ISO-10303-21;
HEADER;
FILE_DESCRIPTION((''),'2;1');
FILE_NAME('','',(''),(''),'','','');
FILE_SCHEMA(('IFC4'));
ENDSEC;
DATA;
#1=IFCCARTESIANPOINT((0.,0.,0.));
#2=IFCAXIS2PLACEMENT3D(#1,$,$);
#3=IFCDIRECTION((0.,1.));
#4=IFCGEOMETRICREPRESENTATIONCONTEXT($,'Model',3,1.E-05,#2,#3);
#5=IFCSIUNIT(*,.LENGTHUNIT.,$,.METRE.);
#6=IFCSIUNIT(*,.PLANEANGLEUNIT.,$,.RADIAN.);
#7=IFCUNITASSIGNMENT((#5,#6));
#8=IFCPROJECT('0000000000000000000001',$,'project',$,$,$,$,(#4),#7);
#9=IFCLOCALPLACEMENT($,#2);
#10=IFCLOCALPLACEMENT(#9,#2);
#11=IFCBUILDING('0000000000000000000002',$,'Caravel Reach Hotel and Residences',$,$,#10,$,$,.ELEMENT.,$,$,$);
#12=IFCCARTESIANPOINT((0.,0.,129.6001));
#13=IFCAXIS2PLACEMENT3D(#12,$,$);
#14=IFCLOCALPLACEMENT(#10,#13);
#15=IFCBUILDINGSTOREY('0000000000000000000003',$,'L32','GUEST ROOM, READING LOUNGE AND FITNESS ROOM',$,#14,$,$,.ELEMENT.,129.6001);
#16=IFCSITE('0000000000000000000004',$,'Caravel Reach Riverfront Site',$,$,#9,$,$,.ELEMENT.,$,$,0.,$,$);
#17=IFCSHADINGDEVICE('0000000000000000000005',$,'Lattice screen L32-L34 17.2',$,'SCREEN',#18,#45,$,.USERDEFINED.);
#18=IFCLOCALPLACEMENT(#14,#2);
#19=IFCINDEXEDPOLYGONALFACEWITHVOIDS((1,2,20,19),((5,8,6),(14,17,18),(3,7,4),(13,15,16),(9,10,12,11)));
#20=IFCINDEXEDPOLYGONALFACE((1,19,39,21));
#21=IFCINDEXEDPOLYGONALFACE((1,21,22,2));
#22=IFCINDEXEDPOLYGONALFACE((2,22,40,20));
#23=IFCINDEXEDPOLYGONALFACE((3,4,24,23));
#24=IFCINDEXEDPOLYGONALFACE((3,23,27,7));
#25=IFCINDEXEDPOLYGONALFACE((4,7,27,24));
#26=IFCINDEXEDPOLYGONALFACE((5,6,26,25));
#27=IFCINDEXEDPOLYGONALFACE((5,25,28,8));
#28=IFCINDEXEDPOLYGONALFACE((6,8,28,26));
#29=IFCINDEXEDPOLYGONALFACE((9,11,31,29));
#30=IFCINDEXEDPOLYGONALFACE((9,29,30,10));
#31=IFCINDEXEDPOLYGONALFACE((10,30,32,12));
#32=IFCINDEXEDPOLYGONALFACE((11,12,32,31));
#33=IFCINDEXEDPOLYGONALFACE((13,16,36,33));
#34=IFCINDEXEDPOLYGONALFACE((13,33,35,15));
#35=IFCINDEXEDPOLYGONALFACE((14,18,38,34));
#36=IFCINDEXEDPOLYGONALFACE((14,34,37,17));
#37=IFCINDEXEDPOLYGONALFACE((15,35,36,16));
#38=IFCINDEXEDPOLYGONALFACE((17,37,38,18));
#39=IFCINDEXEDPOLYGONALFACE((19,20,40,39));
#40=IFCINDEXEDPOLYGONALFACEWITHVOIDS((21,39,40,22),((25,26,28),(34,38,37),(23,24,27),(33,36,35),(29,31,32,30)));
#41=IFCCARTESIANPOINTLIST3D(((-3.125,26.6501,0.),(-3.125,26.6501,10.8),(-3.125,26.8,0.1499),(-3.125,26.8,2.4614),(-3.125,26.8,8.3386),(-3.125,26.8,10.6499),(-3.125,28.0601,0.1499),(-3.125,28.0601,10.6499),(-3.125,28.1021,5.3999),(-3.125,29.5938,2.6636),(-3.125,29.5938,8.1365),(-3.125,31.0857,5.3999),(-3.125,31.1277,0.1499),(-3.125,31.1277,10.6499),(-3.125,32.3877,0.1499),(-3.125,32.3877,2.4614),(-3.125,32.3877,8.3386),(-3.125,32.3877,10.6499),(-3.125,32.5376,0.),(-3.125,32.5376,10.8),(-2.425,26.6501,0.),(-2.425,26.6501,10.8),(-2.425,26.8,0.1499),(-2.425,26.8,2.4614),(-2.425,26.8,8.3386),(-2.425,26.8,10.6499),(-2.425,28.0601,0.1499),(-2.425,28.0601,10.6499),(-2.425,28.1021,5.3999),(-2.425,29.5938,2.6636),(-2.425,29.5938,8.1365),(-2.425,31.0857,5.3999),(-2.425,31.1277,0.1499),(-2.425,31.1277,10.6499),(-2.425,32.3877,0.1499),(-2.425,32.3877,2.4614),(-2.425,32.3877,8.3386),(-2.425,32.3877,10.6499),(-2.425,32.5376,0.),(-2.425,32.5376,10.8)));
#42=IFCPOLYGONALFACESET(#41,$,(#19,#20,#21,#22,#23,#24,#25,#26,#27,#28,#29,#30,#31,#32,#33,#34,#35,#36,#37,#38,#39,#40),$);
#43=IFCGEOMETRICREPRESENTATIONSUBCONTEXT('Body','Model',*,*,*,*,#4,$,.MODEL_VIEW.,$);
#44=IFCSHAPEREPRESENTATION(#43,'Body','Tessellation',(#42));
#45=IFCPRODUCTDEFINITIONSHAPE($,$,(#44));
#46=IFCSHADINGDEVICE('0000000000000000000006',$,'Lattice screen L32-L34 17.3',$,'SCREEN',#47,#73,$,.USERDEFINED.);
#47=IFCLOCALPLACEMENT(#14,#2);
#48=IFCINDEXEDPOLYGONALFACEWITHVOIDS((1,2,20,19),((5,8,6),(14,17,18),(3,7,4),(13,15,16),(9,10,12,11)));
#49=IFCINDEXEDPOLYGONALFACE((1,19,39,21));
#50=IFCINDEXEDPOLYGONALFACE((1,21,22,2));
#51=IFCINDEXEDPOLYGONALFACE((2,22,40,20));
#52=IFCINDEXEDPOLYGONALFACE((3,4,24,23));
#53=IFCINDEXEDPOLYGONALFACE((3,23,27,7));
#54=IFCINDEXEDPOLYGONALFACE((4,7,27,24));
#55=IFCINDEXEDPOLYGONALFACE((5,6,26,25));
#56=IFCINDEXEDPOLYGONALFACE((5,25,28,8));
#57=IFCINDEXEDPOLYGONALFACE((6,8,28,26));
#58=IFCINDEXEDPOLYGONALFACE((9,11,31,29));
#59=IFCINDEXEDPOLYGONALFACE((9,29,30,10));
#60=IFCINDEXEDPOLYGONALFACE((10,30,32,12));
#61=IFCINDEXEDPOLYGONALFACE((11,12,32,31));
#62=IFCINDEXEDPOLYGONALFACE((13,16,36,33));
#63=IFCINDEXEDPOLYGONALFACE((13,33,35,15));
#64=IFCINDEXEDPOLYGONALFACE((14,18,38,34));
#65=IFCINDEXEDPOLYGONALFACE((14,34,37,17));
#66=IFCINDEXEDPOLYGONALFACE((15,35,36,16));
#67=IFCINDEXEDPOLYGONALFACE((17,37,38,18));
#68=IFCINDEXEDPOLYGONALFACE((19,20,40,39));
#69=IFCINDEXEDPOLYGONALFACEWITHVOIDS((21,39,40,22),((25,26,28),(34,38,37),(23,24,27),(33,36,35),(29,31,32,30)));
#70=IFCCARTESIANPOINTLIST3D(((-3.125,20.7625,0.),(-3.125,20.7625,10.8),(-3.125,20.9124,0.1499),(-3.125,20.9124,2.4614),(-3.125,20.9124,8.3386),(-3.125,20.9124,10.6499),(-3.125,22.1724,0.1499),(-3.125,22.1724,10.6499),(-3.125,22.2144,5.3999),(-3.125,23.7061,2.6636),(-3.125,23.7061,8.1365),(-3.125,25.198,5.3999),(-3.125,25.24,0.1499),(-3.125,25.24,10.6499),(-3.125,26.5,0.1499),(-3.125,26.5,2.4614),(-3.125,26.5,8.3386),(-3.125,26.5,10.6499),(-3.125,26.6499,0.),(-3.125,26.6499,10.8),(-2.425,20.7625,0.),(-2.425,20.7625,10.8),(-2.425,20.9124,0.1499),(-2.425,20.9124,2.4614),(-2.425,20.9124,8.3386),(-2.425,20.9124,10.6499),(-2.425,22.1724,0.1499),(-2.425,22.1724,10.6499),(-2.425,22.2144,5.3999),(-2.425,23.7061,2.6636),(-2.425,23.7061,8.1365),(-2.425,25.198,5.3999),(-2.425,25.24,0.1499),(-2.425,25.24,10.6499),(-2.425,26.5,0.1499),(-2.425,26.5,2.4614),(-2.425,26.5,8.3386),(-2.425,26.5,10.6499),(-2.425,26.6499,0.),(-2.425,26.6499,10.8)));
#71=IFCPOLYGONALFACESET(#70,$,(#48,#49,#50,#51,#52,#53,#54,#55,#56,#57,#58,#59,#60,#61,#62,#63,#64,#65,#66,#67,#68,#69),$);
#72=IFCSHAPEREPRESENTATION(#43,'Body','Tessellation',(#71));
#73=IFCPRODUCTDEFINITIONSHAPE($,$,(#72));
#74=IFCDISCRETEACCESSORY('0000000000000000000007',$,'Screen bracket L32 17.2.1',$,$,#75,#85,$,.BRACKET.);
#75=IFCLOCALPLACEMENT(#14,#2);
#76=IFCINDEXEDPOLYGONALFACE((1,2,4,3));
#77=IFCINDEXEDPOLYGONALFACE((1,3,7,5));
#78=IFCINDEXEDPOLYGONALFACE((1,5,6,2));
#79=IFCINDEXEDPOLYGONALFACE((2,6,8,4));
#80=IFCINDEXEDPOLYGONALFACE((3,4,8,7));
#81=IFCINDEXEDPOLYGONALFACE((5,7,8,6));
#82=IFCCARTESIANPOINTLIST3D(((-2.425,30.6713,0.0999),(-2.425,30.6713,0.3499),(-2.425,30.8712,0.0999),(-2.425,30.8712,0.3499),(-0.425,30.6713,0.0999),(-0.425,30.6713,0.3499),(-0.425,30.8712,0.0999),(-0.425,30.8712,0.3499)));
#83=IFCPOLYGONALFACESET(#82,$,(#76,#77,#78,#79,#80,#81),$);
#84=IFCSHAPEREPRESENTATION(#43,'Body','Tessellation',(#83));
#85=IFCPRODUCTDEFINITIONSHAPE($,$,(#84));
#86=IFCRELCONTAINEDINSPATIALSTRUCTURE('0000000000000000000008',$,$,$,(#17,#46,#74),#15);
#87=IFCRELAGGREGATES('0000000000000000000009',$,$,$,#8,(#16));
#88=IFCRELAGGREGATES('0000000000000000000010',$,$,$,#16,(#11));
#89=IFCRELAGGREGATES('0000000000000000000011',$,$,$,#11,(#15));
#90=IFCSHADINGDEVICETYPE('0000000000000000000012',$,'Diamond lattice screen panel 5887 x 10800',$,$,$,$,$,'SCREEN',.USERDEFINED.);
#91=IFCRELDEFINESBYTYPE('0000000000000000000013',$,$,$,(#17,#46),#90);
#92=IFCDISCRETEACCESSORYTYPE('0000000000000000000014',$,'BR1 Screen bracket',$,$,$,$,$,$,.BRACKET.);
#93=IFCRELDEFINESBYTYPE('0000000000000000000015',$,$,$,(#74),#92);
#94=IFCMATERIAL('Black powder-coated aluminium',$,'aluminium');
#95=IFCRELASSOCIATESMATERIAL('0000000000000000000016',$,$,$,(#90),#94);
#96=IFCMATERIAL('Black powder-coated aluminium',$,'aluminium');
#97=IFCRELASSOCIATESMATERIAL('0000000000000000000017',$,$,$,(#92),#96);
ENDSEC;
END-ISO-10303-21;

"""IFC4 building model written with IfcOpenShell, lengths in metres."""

from ifc_helpers import new_model, si_unit, direction, frame, origin, origin_2d, place, context, subcontext, project, spatial, polyline, rectangle, outline, extrude, material, type_object, element, save


model = new_model("IFC4")

# Units and contexts
model_context = context("Model", 3, precision=1e-05, world=origin(), true_north=direction((0.0, 1.0)))
body_context = subcontext(model_context, "Body", "Model", "MODEL_VIEW")
ifc_project = project(units=[si_unit("LENGTHUNIT", "METRE"), si_unit("PLANEANGLEUNIT", "RADIAN")], contexts=[model_context])

# Site, building, storey
site_placement = place(None, origin())
site = spatial("IfcSite", under=ifc_project, at=site_placement, Name="Caravel Reach Riverfront Site", CompositionType="ELEMENT", RefElevation=0.0)
building_placement = place(site_placement, origin())
building = spatial("IfcBuilding", under=site, at=building_placement, Name="Caravel Reach Hotel and Residences", CompositionType="ELEMENT")
storey_placement = place(building_placement, frame((0.0, 0.0, 129.6001)))
storey = spatial("IfcBuildingStorey", under=building, at=storey_placement, Name="L32", Description="GUEST ROOM, READING LOUNGE AND FITNESS ROOM", CompositionType="ELEMENT", Elevation=129.6001)

# Shading devices
ifc_material_1 = material(Name="Black powder-coated aluminium", Category="aluminium")
shading_device_type = type_object("IfcShadingDeviceType", Name="Diamond lattice screen panel 5887 x 10800", ElementType="SCREEN", PredefinedType="USERDEFINED", material=ifc_material_1)
for number, where, z_axis, x_axis, name in (
    (1, (-2.425, 32.5376, 0.0), (-1.0, 0.0, 0.0), (0.0, -1.0, 0.0), "Lattice screen L32-L34 17.2"),
    (2, (-2.425, 26.6499, 0.0), (-1.0, 0.0, 0.0), (0.0, -1.0, 0.0), "Lattice screen L32-L34 17.3"),
):
    element("IfcShadingDevice", number, at=place(storey_placement, frame(where, z_axis=z_axis, x_axis=x_axis)), inside=storey, type_object=shading_device_type, Name=name, ObjectType="SCREEN", PredefinedType="USERDEFINED", context=body_context, shape_type="SweptSolid", body=[
        extrude(outline(polyline([(0.0, 0.0), (5.8875, 0.0), (5.8875, 10.8), (0.0, 10.8), (0.0, 0.0)]), holes=[polyline([(1.4099, 0.1499), (0.1499, 2.4614), (0.1499, 0.1499), (1.4099, 0.1499)]), polyline([(0.1499, 8.3386), (1.4099, 10.6499), (0.1499, 10.6499), (0.1499, 8.3386)]), polyline([(2.9438, 8.1365), (1.4519, 5.3999), (2.9438, 2.6636), (4.4355, 5.3999), (2.9438, 8.1365)]), polyline([(5.7375, 2.4614), (4.4775, 0.1499), (5.7375, 0.1499), (5.7375, 2.4614)]), polyline([(4.4775, 10.6499), (5.7375, 8.3386), (5.7375, 10.6499), (4.4775, 10.6499)])]), origin(), (0.0, 0.0, 1.0), 0.7),
    ])

# Discrete accessory
ifc_material_2 = material(Name="Black powder-coated aluminium", Category="aluminium")
discrete_accessory_type = type_object("IfcDiscreteAccessoryType", Name="BR1 Screen bracket", PredefinedType="BRACKET", material=ifc_material_2)
discrete_accessory_placement = place(storey_placement, frame((-1.425, 30.7712, 0.0999), z_axis=(0.0, 0.0, 1.0), x_axis=(-1.0, 0.0, 0.0)))
element("IfcDiscreteAccessory", 3, at=discrete_accessory_placement, inside=storey, type_object=discrete_accessory_type, Name="Screen bracket L32 17.2.1", PredefinedType="BRACKET", context=body_context, shape_type="SweptSolid", body=[
    extrude(rectangle(XDim=2.0, YDim=0.2, at=origin_2d()), origin(), (0.0, 0.0, 1.0), 0.25),
])

save(model, "model.ifc")
